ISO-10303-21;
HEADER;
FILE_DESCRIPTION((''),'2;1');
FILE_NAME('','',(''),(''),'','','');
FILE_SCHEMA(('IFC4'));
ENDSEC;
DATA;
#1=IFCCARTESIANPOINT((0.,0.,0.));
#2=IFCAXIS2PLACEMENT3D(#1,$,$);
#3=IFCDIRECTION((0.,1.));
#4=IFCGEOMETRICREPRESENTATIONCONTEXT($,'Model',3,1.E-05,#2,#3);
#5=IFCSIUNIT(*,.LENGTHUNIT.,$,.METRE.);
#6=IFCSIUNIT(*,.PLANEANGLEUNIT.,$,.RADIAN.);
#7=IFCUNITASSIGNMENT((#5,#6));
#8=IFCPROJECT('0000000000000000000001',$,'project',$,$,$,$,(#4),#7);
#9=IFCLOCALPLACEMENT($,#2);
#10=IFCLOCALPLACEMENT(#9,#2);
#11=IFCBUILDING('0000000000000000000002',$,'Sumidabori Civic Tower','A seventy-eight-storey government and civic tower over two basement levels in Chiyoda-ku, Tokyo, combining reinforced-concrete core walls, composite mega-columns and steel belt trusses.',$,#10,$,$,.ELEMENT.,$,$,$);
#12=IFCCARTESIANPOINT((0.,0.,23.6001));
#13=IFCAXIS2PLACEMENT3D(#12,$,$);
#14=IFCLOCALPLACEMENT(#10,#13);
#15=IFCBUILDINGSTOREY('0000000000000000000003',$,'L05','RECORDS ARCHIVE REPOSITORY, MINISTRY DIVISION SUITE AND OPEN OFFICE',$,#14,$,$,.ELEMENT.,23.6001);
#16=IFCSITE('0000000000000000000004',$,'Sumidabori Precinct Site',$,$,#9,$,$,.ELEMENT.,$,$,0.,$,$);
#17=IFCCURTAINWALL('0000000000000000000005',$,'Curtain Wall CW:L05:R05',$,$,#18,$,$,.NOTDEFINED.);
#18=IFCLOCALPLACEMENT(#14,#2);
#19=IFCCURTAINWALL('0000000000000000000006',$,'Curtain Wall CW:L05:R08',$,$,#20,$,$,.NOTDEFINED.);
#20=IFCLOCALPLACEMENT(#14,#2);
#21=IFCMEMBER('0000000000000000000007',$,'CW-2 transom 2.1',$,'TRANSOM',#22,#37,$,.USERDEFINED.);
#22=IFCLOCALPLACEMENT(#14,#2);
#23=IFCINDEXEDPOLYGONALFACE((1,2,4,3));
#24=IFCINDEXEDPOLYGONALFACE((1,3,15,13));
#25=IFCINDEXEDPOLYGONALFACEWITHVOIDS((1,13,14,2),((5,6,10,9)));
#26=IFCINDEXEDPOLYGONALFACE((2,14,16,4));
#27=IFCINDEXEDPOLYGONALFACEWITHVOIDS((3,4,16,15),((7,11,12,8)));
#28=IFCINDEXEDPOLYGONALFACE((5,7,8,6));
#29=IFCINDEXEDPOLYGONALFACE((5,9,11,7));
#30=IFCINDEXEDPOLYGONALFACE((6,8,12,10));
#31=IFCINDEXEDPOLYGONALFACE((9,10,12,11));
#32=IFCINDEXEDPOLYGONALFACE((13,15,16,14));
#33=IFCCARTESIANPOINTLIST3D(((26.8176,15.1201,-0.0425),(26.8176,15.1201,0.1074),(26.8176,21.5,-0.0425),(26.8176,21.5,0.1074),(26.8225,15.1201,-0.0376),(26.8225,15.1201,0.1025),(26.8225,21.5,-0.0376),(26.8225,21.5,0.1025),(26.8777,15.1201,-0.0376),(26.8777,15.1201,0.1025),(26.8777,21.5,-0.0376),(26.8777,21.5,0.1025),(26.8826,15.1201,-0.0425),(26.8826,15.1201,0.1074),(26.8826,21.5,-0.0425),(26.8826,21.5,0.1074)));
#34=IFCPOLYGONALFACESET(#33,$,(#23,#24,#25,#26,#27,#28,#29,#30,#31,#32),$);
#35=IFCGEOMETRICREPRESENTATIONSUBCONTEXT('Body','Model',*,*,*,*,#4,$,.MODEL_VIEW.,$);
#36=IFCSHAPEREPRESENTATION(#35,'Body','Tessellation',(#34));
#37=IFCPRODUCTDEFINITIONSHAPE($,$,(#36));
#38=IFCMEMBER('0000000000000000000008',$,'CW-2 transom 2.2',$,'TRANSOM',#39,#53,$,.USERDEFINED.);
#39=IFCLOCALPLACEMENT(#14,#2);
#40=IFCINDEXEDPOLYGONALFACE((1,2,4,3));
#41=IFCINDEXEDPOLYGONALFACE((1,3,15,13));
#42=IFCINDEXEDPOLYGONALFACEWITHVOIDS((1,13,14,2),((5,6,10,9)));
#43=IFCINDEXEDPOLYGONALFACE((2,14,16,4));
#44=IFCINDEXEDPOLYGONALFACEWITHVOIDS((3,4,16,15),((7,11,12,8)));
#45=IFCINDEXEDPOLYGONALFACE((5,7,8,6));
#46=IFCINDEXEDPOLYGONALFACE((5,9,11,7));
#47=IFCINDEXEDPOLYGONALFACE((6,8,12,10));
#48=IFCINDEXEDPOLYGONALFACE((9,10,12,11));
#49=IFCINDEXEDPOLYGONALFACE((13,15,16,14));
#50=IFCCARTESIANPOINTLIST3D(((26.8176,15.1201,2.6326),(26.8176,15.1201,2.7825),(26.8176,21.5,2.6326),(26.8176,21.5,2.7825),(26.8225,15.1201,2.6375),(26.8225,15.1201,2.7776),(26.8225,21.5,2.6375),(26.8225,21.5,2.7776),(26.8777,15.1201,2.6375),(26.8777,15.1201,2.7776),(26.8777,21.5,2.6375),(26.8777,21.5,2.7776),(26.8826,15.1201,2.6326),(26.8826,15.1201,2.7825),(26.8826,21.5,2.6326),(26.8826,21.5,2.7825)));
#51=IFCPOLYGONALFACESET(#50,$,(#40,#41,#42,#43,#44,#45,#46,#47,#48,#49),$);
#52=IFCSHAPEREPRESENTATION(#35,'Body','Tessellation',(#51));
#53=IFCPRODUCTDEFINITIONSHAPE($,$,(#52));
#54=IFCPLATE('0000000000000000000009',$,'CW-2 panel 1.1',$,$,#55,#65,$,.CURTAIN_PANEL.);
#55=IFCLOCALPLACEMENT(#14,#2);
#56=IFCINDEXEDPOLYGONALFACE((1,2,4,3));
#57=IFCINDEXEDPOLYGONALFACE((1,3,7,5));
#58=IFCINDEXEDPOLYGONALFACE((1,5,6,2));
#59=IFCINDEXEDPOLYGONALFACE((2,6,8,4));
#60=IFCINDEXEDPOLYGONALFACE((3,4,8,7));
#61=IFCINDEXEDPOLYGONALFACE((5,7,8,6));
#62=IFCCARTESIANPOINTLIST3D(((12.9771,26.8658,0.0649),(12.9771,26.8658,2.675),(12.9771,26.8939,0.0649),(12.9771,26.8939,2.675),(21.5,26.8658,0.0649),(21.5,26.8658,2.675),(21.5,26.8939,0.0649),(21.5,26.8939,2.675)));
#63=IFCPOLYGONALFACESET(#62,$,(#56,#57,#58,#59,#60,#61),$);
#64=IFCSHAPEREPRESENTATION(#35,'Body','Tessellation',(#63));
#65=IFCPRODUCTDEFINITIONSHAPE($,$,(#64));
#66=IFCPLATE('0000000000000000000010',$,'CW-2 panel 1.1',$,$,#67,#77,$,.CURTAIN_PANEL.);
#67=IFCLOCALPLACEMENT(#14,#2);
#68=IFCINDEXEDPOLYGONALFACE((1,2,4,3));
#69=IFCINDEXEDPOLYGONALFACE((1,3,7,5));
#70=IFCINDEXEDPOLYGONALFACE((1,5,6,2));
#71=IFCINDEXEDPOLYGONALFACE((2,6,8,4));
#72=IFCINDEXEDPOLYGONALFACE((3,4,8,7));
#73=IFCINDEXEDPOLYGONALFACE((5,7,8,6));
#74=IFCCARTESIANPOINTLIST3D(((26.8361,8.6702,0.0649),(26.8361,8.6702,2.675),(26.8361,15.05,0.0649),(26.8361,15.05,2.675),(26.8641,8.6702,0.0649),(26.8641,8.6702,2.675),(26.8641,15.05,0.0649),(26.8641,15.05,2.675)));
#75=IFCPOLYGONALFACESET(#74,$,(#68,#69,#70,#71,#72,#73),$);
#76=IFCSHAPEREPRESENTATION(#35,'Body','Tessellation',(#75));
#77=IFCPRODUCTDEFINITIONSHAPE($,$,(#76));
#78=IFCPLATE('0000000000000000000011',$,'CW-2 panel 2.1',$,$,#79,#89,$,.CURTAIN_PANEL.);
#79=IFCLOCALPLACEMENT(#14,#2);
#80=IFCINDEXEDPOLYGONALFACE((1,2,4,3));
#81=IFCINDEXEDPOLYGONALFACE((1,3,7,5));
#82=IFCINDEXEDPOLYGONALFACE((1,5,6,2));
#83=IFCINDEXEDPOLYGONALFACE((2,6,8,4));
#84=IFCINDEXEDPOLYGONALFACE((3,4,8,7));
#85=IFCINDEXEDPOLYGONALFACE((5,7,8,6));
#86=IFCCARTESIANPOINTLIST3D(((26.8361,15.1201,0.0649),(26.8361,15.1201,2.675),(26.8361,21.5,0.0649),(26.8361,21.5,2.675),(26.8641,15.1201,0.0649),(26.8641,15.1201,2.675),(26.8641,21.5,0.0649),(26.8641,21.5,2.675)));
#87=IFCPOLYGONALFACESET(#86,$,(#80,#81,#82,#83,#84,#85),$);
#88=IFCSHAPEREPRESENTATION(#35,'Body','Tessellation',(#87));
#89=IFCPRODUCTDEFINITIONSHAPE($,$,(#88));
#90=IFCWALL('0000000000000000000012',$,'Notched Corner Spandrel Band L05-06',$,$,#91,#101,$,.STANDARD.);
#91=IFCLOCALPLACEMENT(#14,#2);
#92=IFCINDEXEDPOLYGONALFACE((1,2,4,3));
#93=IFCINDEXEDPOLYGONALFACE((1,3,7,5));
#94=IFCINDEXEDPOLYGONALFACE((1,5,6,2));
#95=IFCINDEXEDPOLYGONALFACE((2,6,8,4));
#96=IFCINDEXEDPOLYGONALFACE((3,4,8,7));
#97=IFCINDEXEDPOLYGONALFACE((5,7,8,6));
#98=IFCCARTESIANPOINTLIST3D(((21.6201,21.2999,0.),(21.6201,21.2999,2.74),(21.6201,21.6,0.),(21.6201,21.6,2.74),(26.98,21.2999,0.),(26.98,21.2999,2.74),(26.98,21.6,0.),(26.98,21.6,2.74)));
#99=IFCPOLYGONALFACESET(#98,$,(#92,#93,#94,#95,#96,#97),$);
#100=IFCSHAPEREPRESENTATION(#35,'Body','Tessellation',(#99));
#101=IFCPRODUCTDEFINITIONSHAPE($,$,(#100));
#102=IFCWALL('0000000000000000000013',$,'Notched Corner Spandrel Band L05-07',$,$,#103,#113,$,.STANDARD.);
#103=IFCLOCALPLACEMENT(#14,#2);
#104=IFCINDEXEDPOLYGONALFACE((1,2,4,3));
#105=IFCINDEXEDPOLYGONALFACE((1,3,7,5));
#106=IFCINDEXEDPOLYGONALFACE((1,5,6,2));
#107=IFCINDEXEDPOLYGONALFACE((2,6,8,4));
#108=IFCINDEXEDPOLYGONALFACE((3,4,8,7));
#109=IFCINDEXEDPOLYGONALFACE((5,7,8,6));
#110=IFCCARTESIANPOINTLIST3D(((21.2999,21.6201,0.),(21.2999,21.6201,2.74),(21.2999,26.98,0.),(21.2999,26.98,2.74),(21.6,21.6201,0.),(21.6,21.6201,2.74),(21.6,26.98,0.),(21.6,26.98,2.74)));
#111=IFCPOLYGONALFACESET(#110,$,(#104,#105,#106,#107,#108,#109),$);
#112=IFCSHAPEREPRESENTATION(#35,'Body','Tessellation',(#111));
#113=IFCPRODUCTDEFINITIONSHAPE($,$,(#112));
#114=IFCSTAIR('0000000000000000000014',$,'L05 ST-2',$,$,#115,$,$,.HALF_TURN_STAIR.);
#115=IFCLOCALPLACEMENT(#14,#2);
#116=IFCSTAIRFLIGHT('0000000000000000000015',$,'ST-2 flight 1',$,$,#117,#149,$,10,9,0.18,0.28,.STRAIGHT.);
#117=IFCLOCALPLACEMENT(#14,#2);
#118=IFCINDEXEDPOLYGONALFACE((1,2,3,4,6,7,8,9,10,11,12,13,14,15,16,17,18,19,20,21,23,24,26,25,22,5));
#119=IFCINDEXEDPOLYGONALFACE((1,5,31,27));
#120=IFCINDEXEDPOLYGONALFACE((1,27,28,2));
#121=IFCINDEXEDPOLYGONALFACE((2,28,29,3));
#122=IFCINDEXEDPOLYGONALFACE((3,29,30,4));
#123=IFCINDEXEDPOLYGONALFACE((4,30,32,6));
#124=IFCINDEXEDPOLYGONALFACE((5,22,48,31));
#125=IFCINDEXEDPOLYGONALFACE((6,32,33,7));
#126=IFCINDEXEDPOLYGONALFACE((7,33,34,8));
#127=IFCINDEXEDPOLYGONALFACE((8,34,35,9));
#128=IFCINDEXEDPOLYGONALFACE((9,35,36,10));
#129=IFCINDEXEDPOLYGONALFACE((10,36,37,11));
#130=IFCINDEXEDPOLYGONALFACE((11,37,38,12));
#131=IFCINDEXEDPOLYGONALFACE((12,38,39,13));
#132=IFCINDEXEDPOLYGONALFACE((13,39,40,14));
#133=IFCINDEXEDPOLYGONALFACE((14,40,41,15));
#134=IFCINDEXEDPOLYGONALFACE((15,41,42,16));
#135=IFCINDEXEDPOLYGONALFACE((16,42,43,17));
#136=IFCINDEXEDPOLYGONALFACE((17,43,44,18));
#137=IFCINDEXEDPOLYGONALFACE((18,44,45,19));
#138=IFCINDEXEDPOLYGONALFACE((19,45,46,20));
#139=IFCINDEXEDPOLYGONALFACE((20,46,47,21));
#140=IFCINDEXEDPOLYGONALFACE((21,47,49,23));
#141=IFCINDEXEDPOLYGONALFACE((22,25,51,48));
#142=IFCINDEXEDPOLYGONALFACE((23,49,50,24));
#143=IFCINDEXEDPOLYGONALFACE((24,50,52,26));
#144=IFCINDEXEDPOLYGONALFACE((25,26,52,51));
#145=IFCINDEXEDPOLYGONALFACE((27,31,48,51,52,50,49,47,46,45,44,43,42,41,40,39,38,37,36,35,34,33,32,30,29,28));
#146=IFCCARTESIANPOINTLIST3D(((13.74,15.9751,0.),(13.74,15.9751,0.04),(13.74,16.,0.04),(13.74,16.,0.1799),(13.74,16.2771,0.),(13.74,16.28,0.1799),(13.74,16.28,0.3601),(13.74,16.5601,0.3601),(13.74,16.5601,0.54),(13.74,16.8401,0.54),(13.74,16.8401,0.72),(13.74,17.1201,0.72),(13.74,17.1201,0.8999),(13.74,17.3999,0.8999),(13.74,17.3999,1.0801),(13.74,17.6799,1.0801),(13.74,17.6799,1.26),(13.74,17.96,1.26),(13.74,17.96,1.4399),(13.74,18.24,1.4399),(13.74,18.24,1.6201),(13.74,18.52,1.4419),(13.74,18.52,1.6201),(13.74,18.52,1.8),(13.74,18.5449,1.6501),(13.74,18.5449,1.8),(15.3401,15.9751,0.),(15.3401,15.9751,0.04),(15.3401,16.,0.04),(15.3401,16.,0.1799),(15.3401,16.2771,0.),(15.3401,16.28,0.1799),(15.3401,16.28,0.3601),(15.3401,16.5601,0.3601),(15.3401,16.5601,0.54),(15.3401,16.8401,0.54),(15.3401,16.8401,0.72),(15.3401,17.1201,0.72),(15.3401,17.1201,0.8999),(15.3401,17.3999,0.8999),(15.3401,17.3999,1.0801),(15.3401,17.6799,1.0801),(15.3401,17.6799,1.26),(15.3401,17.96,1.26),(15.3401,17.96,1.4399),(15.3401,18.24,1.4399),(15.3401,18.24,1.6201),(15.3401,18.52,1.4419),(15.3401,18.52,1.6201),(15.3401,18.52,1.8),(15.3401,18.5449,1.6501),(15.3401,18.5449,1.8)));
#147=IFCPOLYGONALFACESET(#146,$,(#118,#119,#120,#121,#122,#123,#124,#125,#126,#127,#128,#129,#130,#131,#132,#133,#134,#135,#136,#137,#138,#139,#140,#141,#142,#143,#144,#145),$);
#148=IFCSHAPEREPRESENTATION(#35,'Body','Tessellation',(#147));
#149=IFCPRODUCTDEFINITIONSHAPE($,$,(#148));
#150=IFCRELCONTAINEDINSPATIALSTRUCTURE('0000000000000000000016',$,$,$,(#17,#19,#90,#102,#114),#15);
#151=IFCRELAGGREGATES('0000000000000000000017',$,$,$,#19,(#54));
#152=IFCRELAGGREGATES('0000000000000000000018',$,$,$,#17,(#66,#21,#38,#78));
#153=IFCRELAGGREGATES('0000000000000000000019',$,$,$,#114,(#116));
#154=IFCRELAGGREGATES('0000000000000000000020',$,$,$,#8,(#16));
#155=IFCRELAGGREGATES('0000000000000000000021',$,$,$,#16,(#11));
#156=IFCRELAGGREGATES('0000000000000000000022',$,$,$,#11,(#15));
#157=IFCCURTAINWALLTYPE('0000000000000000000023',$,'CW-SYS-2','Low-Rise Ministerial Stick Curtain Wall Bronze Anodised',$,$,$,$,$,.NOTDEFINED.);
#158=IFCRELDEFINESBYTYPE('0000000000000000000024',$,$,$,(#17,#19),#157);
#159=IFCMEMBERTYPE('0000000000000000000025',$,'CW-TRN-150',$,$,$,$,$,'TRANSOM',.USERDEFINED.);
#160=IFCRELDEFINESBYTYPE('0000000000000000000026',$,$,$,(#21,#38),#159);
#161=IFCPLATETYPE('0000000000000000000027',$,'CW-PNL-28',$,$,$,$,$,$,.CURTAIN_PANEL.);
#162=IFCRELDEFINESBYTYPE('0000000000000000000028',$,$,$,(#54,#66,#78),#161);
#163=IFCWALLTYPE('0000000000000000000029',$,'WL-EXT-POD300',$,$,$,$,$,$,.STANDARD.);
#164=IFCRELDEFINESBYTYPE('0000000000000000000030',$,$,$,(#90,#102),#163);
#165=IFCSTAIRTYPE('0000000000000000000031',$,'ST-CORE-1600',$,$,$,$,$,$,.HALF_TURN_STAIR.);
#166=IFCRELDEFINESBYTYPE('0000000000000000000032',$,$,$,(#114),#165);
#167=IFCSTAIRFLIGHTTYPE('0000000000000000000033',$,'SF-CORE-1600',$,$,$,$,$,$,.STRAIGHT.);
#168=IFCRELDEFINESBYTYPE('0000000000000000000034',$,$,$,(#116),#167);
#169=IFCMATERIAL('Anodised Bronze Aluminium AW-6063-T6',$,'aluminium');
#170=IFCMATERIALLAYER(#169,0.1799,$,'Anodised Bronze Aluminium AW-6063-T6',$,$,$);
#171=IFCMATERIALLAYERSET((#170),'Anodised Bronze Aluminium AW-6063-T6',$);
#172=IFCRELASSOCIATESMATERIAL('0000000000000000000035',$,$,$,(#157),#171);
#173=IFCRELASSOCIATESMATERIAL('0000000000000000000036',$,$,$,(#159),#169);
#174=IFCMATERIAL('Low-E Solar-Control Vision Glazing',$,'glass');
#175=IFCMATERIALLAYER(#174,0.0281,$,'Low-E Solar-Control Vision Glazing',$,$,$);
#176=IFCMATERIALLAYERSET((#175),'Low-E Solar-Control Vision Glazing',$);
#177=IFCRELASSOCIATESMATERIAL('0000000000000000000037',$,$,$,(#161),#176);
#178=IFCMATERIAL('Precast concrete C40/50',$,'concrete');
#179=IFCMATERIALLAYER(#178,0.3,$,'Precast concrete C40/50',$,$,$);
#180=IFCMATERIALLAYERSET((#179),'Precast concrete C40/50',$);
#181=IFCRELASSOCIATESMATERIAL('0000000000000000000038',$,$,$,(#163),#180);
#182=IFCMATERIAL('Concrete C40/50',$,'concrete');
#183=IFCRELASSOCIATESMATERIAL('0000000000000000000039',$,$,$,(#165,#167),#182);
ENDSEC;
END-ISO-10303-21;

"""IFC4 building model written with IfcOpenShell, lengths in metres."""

from ifc_helpers import new_model, si_unit, direction, frame, frame_2d, origin, origin_2d, place, context, subcontext, project, spatial, polyline, rectangle, hollow_rectangle, outline, extrude, source, transform, mapped, material, layer, layer_set, material_profile, profile_set, type_object, element, aggregate, save


model = new_model("IFC4")

# Units and contexts
model_context = context("Model", 3, precision=1e-05, world=origin(), true_north=direction((0.0, 1.0)))
body_context = subcontext(model_context, "Body", "Model", "MODEL_VIEW")
ifc_project = project(units=[si_unit("LENGTHUNIT", "METRE"), si_unit("PLANEANGLEUNIT", "RADIAN")], contexts=[model_context])

# Site, building, storey
site_placement = place(None, origin())
site = spatial("IfcSite", under=ifc_project, at=site_placement, Name="Sumidabori Precinct Site", CompositionType="ELEMENT", RefElevation=0.0)
building_placement = place(site_placement, origin())
building = spatial("IfcBuilding", under=site, at=building_placement, Name="Sumidabori Civic Tower", Description="A seventy-eight-storey government and civic tower over two basement levels in Chiyoda-ku, Tokyo, combining reinforced-concrete core walls, composite mega-columns and steel belt trusses.", CompositionType="ELEMENT")
storey_placement = place(building_placement, frame((0.0, 0.0, 23.6001)))
storey = spatial("IfcBuildingStorey", under=building, at=storey_placement, Name="L05", Description="RECORDS ARCHIVE REPOSITORY, MINISTRY DIVISION SUITE AND OPEN OFFICE", CompositionType="ELEMENT", Elevation=23.6001)

# Curtain walls
ifc_material_1 = material(Name="Anodised Bronze Aluminium AW-6063-T6", Category="aluminium")
ifc_layer_1 = layer(ifc_material_1, 0.1799, Name="Anodised Bronze Aluminium AW-6063-T6")
ifc_layer_set_1 = layer_set([ifc_layer_1], Name="Anodised Bronze Aluminium AW-6063-T6")
curtain_wall_type = type_object("IfcCurtainWallType", Name="CW-SYS-2", Description="Low-Rise Ministerial Stick Curtain Wall Bronze Anodised", PredefinedType="NOTDEFINED", material=ifc_layer_set_1)
curtain_wall_1_placement = place(storey_placement, origin())
curtain_wall_1 = element("IfcCurtainWall", 1, at=curtain_wall_1_placement, inside=storey, type_object=curtain_wall_type, Name="Curtain Wall CW:L05:R05", PredefinedType="NOTDEFINED")
curtain_wall_2_placement = place(storey_placement, origin())
curtain_wall_2 = element("IfcCurtainWall", 2, at=curtain_wall_2_placement, inside=storey, type_object=curtain_wall_type, Name="Curtain Wall CW:L05:R08", PredefinedType="NOTDEFINED")
ifc_material_profile_1 = material_profile(ifc_material_1, hollow_rectangle(XDim=0.0649, YDim=0.1499, WallThickness=0.0049, at=origin_2d()), Name="ALU TRANSOM 150x65")
ifc_profile_set_1 = profile_set([ifc_material_profile_1], Name="Anodised Bronze Aluminium AW-6063-T6")
member_type_1 = type_object("IfcMemberType", Name="CW-TRN-150", ElementType="TRANSOM", PredefinedType="USERDEFINED", material=ifc_profile_set_1)

# Members
shared_shape_1 = source(origin(), body_context, "Body", "SweptSolid", [
    extrude(hollow_rectangle(XDim=0.0649, YDim=0.1499, WallThickness=0.0049, at=origin_2d()), origin(), (0.0, 0.0, 1.0), 6.3799),
])
member_1_placement = place(storey_placement, frame((26.8501, 15.1201, 0.0325), z_axis=(0.0, 1.0, 0.0), x_axis=(-1.0, 0.0, 0.0)))
member_1 = element("IfcMember", 3, at=member_1_placement, type_object=member_type_1, Name="CW-2 transom 2.1", ObjectType="TRANSOM", PredefinedType="USERDEFINED", context=body_context, shape_type="MappedRepresentation", body=[
    mapped(shared_shape_1, transform((0.0, 0.0, 0.0), x_axis=(1.0, 0.0, 0.0), y_axis=(0.0, 1.0, 0.0), z_axis=(0.0, 0.0, 1.0), scale=1.0)),
])
member_2_placement = place(storey_placement, frame((26.8501, 15.1201, 2.7075), z_axis=(0.0, 1.0, 0.0), x_axis=(-1.0, 0.0, 0.0)))
member_2 = element("IfcMember", 4, at=member_2_placement, type_object=member_type_1, Name="CW-2 transom 2.2", ObjectType="TRANSOM", PredefinedType="USERDEFINED", context=body_context, shape_type="MappedRepresentation", body=[
    mapped(shared_shape_1, transform((0.0, 0.0, 0.0), x_axis=(1.0, 0.0, 0.0), y_axis=(0.0, 1.0, 0.0), z_axis=(0.0, 0.0, 1.0), scale=1.0)),
])

# Plates
ifc_material_2 = material(Name="Low-E Solar-Control Vision Glazing", Category="glass")
ifc_layer_2 = layer(ifc_material_2, 0.0281, Name="Low-E Solar-Control Vision Glazing")
ifc_layer_set_2 = layer_set([ifc_layer_2], Name="Low-E Solar-Control Vision Glazing")
plate_type = type_object("IfcPlateType", Name="CW-PNL-28", PredefinedType="CURTAIN_PANEL", material=ifc_layer_set_2)
shared_shape_2 = source(origin(), body_context, "Body", "SweptSolid", [
    extrude(rectangle(XDim=8.5229, YDim=0.0281, at=origin_2d()), origin(), (0.0, 0.0, 1.0), 2.6101),
])
plate_1_placement = place(storey_placement, frame((17.2385, 26.8799, 0.0649), z_axis=(0.0, 0.0, 1.0), x_axis=(-1.0, 0.0, 0.0)))
plate_1 = element("IfcPlate", 5, at=plate_1_placement, type_object=plate_type, Name="CW-2 panel 1.1", PredefinedType="CURTAIN_PANEL", context=body_context, shape_type="MappedRepresentation", body=[
    mapped(shared_shape_2, transform((0.0, 0.0, 0.0), x_axis=(1.0, 0.0, 0.0), y_axis=(0.0, 1.0, 0.0), z_axis=(0.0, 0.0, 1.0), scale=1.0)),
])
aggregate(curtain_wall_2, [plate_1])
shared_shape_3 = source(origin(), body_context, "Body", "SweptSolid", [
    extrude(rectangle(XDim=6.3799, YDim=0.0281, at=origin_2d()), origin(), (0.0, 0.0, 1.0), 2.6101),
])
plate_2_placement = place(storey_placement, frame((26.8501, 11.8601, 0.0649), z_axis=(0.0, 0.0, 1.0), x_axis=(0.0, 1.0, 0.0)))
plate_2 = element("IfcPlate", 6, at=plate_2_placement, type_object=plate_type, Name="CW-2 panel 1.1", PredefinedType="CURTAIN_PANEL", context=body_context, shape_type="MappedRepresentation", body=[
    mapped(shared_shape_3, transform((0.0, 0.0, 0.0), x_axis=(1.0, 0.0, 0.0), y_axis=(0.0, 1.0, 0.0), z_axis=(0.0, 0.0, 1.0), scale=1.0)),
])
plate_3_placement = place(storey_placement, frame((26.8501, 18.3101, 0.0649), z_axis=(0.0, 0.0, 1.0), x_axis=(0.0, 1.0, 0.0)))
plate_3 = element("IfcPlate", 7, at=plate_3_placement, type_object=plate_type, Name="CW-2 panel 2.1", PredefinedType="CURTAIN_PANEL", context=body_context, shape_type="MappedRepresentation", body=[
    mapped(shared_shape_3, transform((0.0, 0.0, 0.0), x_axis=(1.0, 0.0, 0.0), y_axis=(0.0, 1.0, 0.0), z_axis=(0.0, 0.0, 1.0), scale=1.0)),
])
aggregate(curtain_wall_1, [plate_2, member_1, member_2, plate_3])

# Walls
ifc_material_3 = material(Name="Precast concrete C40/50", Category="concrete")
ifc_layer_3 = layer(ifc_material_3, 0.3, Name="Precast concrete C40/50")
ifc_layer_set_3 = layer_set([ifc_layer_3], Name="Precast concrete C40/50")
wall_type = type_object("IfcWallType", Name="WL-EXT-POD300", PredefinedType="STANDARD", material=ifc_layer_set_3)
shared_shape_4 = source(origin(), body_context, "Body", "SweptSolid", [
    extrude(rectangle(XDim=5.3599, YDim=0.3, at=frame_2d((2.6799, 0.0))), origin(), (0.0, 0.0, 1.0), 2.74),
])
for number, where, z_axis, x_axis, name in (
    (8, (26.98, 21.45, 0.0), (0.0, 0.0, 1.0), (-1.0, 0.0, 0.0), "Notched Corner Spandrel Band L05-06"),
    (9, (21.45, 21.6201, 0.0), (0.0, 0.0, 1.0), (0.0, 1.0, 0.0), "Notched Corner Spandrel Band L05-07"),
):
    element("IfcWall", number, at=place(storey_placement, frame(where, z_axis=z_axis, x_axis=x_axis)), inside=storey, type_object=wall_type, Name=name, PredefinedType="STANDARD", context=body_context, shape_type="MappedRepresentation", body=[
        mapped(shared_shape_4, transform((0.0, 0.0, 0.0), x_axis=(1.0, 0.0, 0.0), y_axis=(0.0, 1.0, 0.0), z_axis=(0.0, 0.0, 1.0), scale=1.0)),
    ])

# Stair, stair flight
ifc_material_4 = material(Name="Concrete C40/50", Category="concrete")
stair_type = type_object("IfcStairType", Name="ST-CORE-1600", PredefinedType="HALF_TURN_STAIR", material=ifc_material_4)
stair_placement = place(storey_placement, origin())
stair = element("IfcStair", 10, at=stair_placement, inside=storey, type_object=stair_type, Name="L05 ST-2", PredefinedType="HALF_TURN_STAIR")
stair_flight_type = type_object("IfcStairFlightType", Name="SF-CORE-1600", PredefinedType="STRAIGHT", material=ifc_material_4)
shared_shape_5 = source(origin(), body_context, "Body", "SweptSolid", [
    extrude(outline(polyline([(-0.0249, 0.0), (-0.0249, 0.04), (0.0, 0.04), (0.0, 0.1799), (0.28, 0.1799), (0.28, 0.3601), (0.5601, 0.3601), (0.5601, 0.54), (0.8401, 0.54), (0.8401, 0.72), (1.1201, 0.72), (1.1201, 0.8999), (1.3999, 0.8999), (1.3999, 1.0801), (1.6799, 1.0801), (1.6799, 1.26), (1.96, 1.26), (1.96, 1.4399), (2.24, 1.4399), (2.24, 1.6201), (2.52, 1.6201), (2.52, 1.8), (2.5449, 1.8), (2.5449, 1.6501), (2.52, 1.4419), (0.2771, 0.0), (-0.0249, 0.0)])), frame((0.0, 0.8, 0.0), z_axis=(0.0, -1.0, 0.0), x_axis=(1.0, 0.0, 0.0)), (0.0, 0.0, 1.0), 1.6001),
])
stair_flight_placement = place(storey_placement, frame((14.54, 16.0, 0.0), z_axis=(0.0, 0.0, 1.0), x_axis=(0.0, 1.0, 0.0)))
stair_flight = element("IfcStairFlight", 11, at=stair_flight_placement, type_object=stair_flight_type, Name="ST-2 flight 1", NumberOfRisers=10, NumberOfTreads=9, PredefinedType="STRAIGHT", RiserHeight=0.18, TreadLength=0.28, context=body_context, shape_type="MappedRepresentation", body=[
    mapped(shared_shape_5, transform((0.0, 0.0, 0.0), x_axis=(1.0, 0.0, 0.0), y_axis=(0.0, 1.0, 0.0), z_axis=(0.0, 0.0, 1.0), scale=1.0)),
])
aggregate(stair, [stair_flight])

save(model, "model.ifc")
